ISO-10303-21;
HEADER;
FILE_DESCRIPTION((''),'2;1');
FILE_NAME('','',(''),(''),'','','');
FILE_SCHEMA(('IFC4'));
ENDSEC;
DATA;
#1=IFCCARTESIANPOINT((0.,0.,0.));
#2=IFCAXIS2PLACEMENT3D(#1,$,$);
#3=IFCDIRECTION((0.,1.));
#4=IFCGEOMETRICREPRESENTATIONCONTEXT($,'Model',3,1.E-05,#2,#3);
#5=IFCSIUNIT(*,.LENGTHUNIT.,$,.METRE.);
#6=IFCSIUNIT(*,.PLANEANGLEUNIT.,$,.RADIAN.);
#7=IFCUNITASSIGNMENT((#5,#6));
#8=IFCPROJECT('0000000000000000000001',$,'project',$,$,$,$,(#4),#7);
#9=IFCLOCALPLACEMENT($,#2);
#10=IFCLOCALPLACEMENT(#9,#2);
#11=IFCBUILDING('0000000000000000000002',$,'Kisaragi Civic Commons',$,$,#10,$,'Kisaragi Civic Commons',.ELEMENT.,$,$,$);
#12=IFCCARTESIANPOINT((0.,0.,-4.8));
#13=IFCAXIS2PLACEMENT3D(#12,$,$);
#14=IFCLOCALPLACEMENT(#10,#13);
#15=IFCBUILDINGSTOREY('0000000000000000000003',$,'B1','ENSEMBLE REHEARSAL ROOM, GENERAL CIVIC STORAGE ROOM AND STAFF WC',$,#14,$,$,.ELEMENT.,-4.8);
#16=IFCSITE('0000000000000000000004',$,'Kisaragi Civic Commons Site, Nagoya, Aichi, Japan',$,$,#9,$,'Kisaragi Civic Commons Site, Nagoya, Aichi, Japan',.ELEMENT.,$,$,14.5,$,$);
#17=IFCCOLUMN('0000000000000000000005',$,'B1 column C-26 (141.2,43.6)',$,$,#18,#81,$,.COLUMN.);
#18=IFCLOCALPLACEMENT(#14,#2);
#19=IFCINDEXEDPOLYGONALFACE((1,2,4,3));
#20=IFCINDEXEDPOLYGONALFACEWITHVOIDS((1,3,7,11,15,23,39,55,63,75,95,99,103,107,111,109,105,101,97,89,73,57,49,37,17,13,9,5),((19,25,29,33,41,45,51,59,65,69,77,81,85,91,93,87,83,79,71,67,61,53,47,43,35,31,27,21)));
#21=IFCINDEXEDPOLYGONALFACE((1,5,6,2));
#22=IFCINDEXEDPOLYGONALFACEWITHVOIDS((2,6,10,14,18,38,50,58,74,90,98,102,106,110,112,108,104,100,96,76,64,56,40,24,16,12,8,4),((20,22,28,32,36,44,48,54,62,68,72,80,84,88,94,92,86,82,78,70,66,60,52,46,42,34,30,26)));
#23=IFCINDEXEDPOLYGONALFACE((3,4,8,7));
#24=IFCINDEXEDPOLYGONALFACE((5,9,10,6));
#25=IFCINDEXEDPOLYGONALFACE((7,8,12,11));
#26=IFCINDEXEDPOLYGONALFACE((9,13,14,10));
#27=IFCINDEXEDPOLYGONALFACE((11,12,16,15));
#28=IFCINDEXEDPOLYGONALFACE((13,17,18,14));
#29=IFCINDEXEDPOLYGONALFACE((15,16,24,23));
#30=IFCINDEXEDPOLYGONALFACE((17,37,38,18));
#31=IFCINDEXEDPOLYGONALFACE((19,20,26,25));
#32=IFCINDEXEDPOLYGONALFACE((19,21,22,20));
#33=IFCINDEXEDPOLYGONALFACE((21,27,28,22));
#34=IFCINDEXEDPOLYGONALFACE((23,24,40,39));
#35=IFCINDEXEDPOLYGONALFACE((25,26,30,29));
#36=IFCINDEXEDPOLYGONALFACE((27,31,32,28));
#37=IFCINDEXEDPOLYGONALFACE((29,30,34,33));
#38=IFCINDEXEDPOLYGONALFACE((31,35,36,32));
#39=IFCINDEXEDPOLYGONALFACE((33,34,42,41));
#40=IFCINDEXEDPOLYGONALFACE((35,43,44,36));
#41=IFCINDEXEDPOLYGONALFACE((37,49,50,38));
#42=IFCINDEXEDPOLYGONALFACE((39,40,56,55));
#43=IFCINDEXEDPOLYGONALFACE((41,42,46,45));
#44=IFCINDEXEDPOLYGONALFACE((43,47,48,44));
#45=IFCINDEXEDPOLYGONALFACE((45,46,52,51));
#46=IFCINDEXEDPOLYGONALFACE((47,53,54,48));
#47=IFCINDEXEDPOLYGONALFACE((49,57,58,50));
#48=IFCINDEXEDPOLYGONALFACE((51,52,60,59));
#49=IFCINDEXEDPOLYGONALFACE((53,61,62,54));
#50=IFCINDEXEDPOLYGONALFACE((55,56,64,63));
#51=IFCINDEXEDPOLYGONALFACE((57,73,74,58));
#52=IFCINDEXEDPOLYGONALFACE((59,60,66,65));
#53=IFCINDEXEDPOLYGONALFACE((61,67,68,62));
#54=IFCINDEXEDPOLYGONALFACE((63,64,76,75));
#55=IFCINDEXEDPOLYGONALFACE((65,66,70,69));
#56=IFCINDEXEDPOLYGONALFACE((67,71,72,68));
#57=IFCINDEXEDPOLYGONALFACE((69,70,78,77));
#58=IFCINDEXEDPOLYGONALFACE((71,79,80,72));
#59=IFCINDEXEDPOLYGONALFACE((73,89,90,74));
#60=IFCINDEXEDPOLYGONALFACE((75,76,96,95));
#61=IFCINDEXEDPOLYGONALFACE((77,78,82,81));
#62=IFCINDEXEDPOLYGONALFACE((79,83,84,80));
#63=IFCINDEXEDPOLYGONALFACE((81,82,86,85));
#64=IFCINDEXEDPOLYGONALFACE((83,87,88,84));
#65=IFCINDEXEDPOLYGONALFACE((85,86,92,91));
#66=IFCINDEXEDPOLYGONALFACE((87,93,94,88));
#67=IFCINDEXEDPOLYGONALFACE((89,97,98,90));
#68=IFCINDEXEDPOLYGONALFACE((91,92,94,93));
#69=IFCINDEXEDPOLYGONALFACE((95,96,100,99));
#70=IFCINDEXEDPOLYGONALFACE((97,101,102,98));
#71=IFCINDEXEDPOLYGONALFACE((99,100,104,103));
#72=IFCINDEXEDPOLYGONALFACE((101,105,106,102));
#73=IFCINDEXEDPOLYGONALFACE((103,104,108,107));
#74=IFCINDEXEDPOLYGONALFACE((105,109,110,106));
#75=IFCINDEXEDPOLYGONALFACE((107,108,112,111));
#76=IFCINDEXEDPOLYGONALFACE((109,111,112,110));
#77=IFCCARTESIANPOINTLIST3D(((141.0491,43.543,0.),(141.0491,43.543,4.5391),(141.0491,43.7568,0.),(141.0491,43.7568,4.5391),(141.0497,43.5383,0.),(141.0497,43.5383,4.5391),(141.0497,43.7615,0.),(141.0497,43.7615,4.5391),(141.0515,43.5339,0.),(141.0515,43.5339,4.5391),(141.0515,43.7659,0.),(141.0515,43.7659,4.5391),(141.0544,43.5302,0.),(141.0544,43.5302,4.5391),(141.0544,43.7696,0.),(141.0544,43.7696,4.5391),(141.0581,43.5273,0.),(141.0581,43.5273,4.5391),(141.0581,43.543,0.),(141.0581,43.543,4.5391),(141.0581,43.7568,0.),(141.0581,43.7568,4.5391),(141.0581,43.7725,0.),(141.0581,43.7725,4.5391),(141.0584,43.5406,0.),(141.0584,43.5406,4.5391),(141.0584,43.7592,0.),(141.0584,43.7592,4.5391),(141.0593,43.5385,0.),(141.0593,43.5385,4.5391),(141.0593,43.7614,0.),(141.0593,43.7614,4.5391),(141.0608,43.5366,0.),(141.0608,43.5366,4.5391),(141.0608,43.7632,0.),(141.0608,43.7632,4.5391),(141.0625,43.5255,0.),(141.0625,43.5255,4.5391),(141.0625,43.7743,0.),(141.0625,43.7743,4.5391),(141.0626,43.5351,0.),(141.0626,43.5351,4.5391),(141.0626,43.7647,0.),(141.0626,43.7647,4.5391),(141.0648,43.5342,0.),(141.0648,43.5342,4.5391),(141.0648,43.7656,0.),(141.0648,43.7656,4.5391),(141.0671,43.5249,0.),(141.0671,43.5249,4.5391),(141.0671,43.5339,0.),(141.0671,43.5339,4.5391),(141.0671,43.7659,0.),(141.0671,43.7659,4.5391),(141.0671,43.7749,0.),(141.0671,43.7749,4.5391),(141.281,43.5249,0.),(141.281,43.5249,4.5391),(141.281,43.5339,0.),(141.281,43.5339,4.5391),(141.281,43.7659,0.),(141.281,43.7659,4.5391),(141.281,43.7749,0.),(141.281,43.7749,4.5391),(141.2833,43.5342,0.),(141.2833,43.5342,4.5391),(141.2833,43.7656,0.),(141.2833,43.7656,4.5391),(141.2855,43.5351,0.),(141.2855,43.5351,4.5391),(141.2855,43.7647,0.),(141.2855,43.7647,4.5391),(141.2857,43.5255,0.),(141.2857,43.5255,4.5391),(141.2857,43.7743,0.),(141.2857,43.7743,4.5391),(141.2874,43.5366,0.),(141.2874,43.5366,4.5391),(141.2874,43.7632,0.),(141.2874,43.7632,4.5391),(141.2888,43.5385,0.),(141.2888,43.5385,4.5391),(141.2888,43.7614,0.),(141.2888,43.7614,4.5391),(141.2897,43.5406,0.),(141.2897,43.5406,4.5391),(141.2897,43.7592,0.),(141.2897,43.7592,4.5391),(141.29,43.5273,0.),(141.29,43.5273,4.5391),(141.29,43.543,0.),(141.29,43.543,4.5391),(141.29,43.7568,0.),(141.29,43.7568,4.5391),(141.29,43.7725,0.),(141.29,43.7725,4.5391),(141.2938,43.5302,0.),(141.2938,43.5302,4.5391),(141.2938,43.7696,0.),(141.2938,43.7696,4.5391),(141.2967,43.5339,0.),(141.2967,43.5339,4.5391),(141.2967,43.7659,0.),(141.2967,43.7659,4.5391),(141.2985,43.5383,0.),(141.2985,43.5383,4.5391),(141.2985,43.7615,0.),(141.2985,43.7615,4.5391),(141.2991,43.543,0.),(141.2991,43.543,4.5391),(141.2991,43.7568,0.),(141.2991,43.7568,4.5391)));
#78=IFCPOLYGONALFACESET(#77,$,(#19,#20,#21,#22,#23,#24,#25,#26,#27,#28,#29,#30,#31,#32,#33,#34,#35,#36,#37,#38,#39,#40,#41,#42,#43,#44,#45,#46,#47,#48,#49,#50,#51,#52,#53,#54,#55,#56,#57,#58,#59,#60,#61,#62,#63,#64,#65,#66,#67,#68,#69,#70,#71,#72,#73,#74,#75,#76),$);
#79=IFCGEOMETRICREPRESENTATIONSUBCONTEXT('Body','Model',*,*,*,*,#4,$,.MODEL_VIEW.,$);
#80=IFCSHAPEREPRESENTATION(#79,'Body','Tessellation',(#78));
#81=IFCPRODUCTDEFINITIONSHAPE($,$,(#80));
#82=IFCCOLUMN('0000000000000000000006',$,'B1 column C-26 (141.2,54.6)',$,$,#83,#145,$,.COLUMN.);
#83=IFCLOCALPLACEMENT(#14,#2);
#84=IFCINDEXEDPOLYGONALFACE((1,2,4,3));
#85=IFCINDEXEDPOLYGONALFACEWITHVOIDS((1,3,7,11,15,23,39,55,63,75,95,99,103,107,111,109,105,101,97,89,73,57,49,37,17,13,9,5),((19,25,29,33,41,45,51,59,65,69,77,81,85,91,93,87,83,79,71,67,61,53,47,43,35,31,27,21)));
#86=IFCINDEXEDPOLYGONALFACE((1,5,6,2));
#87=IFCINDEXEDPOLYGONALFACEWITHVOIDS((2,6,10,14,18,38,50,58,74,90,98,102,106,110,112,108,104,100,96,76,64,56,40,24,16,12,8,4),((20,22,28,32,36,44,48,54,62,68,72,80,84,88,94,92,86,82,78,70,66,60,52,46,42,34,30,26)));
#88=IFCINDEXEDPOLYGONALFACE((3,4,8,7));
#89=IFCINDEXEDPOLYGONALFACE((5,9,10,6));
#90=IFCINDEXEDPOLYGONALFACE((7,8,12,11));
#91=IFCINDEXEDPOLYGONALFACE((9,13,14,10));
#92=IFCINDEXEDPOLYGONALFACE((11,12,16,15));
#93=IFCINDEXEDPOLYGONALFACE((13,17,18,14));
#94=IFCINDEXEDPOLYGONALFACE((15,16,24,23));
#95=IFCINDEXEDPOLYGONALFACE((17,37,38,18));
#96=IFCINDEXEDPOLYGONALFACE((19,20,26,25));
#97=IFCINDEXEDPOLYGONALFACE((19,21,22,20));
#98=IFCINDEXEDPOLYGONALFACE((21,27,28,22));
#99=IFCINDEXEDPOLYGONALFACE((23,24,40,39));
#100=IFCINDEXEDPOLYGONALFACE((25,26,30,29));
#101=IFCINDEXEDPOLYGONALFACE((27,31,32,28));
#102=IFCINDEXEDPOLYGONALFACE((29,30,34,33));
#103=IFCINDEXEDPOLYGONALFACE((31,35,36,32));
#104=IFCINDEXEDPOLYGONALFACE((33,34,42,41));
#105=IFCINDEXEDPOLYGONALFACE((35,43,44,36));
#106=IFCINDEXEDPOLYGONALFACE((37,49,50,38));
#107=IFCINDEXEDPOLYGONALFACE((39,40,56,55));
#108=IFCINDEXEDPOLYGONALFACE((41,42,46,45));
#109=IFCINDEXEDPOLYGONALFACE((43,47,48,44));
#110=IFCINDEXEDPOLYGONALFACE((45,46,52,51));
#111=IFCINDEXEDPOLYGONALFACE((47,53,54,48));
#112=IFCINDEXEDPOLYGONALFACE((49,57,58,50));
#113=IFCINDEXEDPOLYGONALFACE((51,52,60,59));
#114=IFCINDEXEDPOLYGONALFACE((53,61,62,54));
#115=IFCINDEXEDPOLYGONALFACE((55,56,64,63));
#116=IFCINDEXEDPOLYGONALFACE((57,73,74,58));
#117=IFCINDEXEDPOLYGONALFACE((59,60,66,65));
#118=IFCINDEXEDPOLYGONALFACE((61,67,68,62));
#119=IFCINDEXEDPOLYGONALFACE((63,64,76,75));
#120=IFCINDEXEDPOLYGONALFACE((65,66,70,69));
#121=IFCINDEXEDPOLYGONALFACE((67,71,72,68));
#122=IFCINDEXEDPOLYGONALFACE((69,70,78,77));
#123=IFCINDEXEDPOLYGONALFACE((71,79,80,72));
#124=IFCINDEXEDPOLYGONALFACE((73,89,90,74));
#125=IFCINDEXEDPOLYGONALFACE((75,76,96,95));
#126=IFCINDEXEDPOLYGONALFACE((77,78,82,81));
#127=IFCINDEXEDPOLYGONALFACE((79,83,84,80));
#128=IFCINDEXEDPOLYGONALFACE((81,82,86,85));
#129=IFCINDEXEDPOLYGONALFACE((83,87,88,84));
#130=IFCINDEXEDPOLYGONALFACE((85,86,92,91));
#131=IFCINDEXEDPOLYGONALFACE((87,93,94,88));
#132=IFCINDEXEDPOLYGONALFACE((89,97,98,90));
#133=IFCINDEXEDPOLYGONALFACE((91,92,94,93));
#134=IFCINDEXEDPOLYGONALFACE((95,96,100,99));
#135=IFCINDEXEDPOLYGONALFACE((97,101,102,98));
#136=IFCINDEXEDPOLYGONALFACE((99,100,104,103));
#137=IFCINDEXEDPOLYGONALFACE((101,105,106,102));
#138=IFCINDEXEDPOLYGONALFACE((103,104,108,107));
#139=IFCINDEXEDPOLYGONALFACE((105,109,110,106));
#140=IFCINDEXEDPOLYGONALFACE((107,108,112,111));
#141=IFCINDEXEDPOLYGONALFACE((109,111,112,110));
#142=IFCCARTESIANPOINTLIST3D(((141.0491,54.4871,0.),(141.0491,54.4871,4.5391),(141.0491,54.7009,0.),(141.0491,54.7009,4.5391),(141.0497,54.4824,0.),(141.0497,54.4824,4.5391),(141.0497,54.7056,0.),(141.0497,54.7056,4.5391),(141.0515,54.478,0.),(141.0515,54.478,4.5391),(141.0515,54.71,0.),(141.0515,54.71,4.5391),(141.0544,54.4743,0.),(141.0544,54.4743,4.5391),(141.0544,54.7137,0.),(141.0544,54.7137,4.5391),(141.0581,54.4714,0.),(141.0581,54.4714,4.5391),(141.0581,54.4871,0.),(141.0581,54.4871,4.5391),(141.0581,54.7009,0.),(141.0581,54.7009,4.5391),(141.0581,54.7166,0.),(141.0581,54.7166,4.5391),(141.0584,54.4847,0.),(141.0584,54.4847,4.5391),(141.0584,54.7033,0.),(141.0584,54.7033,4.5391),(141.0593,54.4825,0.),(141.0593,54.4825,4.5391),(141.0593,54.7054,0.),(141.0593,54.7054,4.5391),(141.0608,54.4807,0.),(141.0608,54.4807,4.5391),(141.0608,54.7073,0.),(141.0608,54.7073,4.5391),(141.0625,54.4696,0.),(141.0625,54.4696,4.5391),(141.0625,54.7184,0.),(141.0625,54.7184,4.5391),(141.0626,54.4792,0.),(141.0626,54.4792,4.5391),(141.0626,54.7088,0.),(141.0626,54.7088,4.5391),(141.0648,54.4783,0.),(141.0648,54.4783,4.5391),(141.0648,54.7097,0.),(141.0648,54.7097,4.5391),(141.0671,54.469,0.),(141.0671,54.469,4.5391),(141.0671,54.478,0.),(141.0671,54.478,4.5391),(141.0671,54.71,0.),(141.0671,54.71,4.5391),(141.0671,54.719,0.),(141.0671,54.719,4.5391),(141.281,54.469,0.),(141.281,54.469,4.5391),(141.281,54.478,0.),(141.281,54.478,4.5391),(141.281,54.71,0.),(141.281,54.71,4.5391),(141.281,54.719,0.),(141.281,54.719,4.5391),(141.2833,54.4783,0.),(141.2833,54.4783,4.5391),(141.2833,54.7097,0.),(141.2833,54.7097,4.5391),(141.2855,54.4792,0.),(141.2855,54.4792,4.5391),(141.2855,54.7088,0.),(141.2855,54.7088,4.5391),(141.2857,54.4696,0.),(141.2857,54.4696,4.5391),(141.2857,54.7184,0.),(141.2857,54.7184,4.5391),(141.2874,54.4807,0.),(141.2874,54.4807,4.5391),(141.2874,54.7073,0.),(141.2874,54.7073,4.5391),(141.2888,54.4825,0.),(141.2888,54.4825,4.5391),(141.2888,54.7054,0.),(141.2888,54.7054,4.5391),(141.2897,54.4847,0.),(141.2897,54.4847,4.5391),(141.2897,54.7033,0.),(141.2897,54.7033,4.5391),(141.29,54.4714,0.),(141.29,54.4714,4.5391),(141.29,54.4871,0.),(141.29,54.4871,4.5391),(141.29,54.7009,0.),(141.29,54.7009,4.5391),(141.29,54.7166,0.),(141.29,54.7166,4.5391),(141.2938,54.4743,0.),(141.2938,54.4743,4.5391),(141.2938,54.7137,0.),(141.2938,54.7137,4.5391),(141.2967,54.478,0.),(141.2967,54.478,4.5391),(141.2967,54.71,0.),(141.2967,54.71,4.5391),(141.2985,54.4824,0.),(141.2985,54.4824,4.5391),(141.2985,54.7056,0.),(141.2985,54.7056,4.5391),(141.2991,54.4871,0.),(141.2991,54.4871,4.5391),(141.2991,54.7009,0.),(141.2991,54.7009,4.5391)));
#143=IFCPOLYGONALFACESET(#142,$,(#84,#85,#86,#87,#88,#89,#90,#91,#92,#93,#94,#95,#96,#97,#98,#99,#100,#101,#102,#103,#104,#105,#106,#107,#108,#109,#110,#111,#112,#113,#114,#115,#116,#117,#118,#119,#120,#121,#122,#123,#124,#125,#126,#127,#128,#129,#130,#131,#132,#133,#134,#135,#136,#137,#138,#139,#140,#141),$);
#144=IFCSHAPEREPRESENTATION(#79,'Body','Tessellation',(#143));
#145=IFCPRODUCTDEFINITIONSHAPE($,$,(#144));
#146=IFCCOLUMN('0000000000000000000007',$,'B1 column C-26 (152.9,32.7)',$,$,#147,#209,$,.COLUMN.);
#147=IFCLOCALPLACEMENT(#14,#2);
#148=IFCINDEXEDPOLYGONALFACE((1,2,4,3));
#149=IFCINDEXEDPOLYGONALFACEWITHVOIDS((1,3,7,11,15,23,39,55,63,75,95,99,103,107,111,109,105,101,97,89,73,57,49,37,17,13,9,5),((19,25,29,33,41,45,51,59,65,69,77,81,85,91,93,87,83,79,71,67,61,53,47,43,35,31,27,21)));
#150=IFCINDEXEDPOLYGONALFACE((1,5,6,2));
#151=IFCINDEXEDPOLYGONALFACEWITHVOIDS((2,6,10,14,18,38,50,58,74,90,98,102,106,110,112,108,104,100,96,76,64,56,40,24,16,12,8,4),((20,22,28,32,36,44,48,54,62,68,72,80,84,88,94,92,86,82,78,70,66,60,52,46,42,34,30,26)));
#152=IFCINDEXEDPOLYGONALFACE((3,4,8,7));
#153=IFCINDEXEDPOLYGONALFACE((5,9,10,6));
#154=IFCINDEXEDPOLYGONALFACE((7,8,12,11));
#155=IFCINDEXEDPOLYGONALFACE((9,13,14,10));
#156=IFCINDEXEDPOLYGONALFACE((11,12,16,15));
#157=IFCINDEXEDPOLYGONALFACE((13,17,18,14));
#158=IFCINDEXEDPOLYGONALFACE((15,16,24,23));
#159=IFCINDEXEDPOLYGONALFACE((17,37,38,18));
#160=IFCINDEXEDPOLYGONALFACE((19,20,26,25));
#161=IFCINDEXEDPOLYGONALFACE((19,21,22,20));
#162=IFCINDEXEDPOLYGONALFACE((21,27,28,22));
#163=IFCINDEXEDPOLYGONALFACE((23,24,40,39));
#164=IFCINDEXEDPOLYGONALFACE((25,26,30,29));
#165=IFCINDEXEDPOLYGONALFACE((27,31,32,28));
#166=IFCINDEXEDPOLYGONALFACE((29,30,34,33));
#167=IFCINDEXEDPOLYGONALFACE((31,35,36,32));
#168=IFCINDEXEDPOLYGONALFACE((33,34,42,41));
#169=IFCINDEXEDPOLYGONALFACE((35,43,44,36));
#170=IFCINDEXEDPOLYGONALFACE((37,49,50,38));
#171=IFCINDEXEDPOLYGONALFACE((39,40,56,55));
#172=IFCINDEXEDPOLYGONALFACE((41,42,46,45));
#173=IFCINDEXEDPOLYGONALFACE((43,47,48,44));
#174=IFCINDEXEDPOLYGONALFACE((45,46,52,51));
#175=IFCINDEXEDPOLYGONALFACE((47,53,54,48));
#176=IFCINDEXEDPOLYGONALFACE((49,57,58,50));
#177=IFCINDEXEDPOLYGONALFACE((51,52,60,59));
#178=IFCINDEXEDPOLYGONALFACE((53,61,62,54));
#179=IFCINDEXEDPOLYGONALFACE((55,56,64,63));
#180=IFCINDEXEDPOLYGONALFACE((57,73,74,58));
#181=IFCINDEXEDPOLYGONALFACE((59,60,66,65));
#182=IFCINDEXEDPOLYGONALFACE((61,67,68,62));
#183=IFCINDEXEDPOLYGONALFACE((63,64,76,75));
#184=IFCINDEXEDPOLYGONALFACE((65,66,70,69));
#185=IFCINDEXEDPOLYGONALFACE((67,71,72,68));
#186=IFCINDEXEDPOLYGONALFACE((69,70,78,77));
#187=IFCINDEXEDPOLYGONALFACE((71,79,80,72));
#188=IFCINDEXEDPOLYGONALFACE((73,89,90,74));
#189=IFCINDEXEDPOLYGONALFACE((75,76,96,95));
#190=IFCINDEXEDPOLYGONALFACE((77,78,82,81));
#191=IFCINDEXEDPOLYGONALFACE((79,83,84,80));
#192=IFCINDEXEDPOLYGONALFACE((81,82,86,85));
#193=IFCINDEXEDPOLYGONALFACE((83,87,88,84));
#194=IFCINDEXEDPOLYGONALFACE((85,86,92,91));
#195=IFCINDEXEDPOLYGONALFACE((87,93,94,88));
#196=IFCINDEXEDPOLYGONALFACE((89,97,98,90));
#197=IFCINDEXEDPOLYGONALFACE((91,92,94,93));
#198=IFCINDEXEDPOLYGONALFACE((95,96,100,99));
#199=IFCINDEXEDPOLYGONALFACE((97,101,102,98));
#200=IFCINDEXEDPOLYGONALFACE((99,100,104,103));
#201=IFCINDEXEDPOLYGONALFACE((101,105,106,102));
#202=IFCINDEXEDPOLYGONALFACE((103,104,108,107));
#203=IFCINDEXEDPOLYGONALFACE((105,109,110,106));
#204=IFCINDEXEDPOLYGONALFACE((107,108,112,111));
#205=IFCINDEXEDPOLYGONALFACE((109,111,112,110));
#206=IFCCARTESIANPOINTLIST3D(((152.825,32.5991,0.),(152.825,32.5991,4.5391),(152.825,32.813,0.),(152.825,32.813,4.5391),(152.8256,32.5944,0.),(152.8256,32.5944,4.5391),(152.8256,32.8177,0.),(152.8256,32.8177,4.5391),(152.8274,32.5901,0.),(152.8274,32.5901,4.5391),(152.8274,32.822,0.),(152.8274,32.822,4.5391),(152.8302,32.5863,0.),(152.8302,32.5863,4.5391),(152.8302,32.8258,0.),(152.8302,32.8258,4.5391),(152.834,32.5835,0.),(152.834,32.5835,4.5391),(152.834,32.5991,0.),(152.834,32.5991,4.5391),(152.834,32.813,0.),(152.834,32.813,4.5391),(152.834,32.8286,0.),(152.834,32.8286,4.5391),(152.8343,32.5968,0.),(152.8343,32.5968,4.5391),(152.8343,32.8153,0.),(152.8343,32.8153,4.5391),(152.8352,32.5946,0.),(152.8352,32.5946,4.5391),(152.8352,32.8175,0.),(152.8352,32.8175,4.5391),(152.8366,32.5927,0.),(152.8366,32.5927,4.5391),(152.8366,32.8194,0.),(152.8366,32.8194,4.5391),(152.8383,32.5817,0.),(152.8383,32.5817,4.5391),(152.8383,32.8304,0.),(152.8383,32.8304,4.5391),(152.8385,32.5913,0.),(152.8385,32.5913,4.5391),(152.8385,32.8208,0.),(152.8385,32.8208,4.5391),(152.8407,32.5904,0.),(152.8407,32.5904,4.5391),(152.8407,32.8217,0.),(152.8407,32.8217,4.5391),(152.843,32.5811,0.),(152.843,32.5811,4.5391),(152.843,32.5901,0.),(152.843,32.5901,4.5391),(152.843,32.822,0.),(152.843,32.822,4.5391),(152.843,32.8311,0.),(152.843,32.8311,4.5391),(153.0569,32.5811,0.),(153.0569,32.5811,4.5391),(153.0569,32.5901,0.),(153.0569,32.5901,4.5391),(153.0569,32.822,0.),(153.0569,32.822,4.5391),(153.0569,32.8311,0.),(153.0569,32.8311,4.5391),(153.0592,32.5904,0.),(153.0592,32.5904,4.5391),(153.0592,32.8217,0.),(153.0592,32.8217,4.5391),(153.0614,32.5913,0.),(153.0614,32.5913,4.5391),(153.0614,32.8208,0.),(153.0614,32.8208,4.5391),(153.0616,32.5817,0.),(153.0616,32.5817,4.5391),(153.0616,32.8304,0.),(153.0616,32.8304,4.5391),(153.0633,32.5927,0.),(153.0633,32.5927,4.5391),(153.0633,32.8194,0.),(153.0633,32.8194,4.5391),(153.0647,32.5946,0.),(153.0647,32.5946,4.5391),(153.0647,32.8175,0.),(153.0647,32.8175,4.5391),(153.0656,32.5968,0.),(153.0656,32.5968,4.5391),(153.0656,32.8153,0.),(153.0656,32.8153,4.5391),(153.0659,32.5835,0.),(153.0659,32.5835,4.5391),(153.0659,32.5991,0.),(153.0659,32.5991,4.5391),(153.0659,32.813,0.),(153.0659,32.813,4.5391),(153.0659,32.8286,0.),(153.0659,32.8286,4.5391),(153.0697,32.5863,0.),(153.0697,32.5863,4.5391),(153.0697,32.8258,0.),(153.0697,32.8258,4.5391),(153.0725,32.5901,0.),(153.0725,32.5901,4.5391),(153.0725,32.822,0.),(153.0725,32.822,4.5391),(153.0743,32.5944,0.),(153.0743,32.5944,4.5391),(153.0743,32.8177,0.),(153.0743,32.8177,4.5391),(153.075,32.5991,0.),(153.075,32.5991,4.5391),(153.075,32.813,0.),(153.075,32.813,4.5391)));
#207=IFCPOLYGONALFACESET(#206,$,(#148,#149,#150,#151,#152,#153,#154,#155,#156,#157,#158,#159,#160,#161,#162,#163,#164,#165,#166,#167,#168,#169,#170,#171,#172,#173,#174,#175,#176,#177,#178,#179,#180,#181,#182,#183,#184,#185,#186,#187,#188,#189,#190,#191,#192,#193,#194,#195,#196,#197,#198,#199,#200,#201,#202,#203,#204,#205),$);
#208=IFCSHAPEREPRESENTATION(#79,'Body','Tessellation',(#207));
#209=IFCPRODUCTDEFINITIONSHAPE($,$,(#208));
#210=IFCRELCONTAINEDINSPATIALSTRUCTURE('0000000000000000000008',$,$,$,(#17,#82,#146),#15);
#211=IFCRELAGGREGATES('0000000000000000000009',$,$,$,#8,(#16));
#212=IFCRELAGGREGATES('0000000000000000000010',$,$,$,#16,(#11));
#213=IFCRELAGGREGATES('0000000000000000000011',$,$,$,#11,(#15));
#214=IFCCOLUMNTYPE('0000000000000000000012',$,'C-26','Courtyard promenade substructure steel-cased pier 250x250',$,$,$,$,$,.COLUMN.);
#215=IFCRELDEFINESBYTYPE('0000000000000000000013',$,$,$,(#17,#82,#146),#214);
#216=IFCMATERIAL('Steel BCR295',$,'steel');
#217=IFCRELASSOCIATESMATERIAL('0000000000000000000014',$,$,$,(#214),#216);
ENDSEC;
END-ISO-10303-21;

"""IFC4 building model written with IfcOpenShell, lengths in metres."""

from ifc_helpers import new_model, si_unit, direction, frame, origin, origin_2d, place, context, subcontext, project, spatial, hollow_rectangle, extrude, material, material_profile, profile_set, type_object, element, save


model = new_model("IFC4")

# Units and contexts
model_context = context("Model", 3, precision=1e-05, world=origin(), true_north=direction((0.0, 1.0)))
body_context = subcontext(model_context, "Body", "Model", "MODEL_VIEW")
ifc_project = project(units=[si_unit("LENGTHUNIT", "METRE"), si_unit("PLANEANGLEUNIT", "RADIAN")], contexts=[model_context])

# Site, building, storey
site_placement = place(None, origin())
site = spatial("IfcSite", under=ifc_project, at=site_placement, Name="Kisaragi Civic Commons Site, Nagoya, Aichi, Japan", LongName="Kisaragi Civic Commons Site, Nagoya, Aichi, Japan", CompositionType="ELEMENT", RefElevation=14.5)
building_placement = place(site_placement, origin())
building = spatial("IfcBuilding", under=site, at=building_placement, Name="Kisaragi Civic Commons", LongName="Kisaragi Civic Commons", CompositionType="ELEMENT")
storey_placement = place(building_placement, frame((0.0, 0.0, -4.8)))
storey = spatial("IfcBuildingStorey", under=building, at=storey_placement, Name="B1", Description="ENSEMBLE REHEARSAL ROOM, GENERAL CIVIC STORAGE ROOM AND STAFF WC", CompositionType="ELEMENT", Elevation=-4.8)

# Columns
ifc_material_1 = material(Name="Steel BCR295", Category="steel")
ifc_material_profile_1 = material_profile(ifc_material_1, hollow_rectangle(XDim=0.25, YDim=0.25, WallThickness=0.009, InnerFilletRadius=0.009, OuterFilletRadius=0.0181, at=origin_2d()), Name="BCR-250x250x9", Category="steel")
ifc_profile_set_1 = profile_set([ifc_material_profile_1], Name="Steel BCR295")
column_type_1 = type_object("IfcColumnType", Name="C-26", Description="Courtyard promenade substructure steel-cased pier 250x250", PredefinedType="COLUMN", material=ifc_profile_set_1)
for number, where, z_axis, x_axis, name in (
    (1, (141.1741, 43.6499, 0.0), (0.0, 0.0, 1.0), (1.0, 0.0, 0.0), "B1 column C-26 (141.2,43.6)"),
    (2, (141.1741, 54.594, 0.0), (0.0, 0.0, 1.0), (1.0, 0.0, 0.0), "B1 column C-26 (141.2,54.6)"),
    (3, (152.95, 32.7061, 0.0), (0.0, 0.0, 1.0), (1.0, 0.0, 0.0), "B1 column C-26 (152.9,32.7)"),
):
    element("IfcColumn", number, at=place(storey_placement, frame(where, z_axis=z_axis, x_axis=x_axis)), inside=storey, type_object=column_type_1, Name=name, PredefinedType="COLUMN", context=body_context, shape_type="SweptSolid", body=[
        extrude(hollow_rectangle(XDim=0.25, YDim=0.25, WallThickness=0.009, InnerFilletRadius=0.009, OuterFilletRadius=0.0181, at=origin_2d()), origin(), (0.0, 0.0, 1.0), 4.5391),
    ])

save(model, "model.ifc")
